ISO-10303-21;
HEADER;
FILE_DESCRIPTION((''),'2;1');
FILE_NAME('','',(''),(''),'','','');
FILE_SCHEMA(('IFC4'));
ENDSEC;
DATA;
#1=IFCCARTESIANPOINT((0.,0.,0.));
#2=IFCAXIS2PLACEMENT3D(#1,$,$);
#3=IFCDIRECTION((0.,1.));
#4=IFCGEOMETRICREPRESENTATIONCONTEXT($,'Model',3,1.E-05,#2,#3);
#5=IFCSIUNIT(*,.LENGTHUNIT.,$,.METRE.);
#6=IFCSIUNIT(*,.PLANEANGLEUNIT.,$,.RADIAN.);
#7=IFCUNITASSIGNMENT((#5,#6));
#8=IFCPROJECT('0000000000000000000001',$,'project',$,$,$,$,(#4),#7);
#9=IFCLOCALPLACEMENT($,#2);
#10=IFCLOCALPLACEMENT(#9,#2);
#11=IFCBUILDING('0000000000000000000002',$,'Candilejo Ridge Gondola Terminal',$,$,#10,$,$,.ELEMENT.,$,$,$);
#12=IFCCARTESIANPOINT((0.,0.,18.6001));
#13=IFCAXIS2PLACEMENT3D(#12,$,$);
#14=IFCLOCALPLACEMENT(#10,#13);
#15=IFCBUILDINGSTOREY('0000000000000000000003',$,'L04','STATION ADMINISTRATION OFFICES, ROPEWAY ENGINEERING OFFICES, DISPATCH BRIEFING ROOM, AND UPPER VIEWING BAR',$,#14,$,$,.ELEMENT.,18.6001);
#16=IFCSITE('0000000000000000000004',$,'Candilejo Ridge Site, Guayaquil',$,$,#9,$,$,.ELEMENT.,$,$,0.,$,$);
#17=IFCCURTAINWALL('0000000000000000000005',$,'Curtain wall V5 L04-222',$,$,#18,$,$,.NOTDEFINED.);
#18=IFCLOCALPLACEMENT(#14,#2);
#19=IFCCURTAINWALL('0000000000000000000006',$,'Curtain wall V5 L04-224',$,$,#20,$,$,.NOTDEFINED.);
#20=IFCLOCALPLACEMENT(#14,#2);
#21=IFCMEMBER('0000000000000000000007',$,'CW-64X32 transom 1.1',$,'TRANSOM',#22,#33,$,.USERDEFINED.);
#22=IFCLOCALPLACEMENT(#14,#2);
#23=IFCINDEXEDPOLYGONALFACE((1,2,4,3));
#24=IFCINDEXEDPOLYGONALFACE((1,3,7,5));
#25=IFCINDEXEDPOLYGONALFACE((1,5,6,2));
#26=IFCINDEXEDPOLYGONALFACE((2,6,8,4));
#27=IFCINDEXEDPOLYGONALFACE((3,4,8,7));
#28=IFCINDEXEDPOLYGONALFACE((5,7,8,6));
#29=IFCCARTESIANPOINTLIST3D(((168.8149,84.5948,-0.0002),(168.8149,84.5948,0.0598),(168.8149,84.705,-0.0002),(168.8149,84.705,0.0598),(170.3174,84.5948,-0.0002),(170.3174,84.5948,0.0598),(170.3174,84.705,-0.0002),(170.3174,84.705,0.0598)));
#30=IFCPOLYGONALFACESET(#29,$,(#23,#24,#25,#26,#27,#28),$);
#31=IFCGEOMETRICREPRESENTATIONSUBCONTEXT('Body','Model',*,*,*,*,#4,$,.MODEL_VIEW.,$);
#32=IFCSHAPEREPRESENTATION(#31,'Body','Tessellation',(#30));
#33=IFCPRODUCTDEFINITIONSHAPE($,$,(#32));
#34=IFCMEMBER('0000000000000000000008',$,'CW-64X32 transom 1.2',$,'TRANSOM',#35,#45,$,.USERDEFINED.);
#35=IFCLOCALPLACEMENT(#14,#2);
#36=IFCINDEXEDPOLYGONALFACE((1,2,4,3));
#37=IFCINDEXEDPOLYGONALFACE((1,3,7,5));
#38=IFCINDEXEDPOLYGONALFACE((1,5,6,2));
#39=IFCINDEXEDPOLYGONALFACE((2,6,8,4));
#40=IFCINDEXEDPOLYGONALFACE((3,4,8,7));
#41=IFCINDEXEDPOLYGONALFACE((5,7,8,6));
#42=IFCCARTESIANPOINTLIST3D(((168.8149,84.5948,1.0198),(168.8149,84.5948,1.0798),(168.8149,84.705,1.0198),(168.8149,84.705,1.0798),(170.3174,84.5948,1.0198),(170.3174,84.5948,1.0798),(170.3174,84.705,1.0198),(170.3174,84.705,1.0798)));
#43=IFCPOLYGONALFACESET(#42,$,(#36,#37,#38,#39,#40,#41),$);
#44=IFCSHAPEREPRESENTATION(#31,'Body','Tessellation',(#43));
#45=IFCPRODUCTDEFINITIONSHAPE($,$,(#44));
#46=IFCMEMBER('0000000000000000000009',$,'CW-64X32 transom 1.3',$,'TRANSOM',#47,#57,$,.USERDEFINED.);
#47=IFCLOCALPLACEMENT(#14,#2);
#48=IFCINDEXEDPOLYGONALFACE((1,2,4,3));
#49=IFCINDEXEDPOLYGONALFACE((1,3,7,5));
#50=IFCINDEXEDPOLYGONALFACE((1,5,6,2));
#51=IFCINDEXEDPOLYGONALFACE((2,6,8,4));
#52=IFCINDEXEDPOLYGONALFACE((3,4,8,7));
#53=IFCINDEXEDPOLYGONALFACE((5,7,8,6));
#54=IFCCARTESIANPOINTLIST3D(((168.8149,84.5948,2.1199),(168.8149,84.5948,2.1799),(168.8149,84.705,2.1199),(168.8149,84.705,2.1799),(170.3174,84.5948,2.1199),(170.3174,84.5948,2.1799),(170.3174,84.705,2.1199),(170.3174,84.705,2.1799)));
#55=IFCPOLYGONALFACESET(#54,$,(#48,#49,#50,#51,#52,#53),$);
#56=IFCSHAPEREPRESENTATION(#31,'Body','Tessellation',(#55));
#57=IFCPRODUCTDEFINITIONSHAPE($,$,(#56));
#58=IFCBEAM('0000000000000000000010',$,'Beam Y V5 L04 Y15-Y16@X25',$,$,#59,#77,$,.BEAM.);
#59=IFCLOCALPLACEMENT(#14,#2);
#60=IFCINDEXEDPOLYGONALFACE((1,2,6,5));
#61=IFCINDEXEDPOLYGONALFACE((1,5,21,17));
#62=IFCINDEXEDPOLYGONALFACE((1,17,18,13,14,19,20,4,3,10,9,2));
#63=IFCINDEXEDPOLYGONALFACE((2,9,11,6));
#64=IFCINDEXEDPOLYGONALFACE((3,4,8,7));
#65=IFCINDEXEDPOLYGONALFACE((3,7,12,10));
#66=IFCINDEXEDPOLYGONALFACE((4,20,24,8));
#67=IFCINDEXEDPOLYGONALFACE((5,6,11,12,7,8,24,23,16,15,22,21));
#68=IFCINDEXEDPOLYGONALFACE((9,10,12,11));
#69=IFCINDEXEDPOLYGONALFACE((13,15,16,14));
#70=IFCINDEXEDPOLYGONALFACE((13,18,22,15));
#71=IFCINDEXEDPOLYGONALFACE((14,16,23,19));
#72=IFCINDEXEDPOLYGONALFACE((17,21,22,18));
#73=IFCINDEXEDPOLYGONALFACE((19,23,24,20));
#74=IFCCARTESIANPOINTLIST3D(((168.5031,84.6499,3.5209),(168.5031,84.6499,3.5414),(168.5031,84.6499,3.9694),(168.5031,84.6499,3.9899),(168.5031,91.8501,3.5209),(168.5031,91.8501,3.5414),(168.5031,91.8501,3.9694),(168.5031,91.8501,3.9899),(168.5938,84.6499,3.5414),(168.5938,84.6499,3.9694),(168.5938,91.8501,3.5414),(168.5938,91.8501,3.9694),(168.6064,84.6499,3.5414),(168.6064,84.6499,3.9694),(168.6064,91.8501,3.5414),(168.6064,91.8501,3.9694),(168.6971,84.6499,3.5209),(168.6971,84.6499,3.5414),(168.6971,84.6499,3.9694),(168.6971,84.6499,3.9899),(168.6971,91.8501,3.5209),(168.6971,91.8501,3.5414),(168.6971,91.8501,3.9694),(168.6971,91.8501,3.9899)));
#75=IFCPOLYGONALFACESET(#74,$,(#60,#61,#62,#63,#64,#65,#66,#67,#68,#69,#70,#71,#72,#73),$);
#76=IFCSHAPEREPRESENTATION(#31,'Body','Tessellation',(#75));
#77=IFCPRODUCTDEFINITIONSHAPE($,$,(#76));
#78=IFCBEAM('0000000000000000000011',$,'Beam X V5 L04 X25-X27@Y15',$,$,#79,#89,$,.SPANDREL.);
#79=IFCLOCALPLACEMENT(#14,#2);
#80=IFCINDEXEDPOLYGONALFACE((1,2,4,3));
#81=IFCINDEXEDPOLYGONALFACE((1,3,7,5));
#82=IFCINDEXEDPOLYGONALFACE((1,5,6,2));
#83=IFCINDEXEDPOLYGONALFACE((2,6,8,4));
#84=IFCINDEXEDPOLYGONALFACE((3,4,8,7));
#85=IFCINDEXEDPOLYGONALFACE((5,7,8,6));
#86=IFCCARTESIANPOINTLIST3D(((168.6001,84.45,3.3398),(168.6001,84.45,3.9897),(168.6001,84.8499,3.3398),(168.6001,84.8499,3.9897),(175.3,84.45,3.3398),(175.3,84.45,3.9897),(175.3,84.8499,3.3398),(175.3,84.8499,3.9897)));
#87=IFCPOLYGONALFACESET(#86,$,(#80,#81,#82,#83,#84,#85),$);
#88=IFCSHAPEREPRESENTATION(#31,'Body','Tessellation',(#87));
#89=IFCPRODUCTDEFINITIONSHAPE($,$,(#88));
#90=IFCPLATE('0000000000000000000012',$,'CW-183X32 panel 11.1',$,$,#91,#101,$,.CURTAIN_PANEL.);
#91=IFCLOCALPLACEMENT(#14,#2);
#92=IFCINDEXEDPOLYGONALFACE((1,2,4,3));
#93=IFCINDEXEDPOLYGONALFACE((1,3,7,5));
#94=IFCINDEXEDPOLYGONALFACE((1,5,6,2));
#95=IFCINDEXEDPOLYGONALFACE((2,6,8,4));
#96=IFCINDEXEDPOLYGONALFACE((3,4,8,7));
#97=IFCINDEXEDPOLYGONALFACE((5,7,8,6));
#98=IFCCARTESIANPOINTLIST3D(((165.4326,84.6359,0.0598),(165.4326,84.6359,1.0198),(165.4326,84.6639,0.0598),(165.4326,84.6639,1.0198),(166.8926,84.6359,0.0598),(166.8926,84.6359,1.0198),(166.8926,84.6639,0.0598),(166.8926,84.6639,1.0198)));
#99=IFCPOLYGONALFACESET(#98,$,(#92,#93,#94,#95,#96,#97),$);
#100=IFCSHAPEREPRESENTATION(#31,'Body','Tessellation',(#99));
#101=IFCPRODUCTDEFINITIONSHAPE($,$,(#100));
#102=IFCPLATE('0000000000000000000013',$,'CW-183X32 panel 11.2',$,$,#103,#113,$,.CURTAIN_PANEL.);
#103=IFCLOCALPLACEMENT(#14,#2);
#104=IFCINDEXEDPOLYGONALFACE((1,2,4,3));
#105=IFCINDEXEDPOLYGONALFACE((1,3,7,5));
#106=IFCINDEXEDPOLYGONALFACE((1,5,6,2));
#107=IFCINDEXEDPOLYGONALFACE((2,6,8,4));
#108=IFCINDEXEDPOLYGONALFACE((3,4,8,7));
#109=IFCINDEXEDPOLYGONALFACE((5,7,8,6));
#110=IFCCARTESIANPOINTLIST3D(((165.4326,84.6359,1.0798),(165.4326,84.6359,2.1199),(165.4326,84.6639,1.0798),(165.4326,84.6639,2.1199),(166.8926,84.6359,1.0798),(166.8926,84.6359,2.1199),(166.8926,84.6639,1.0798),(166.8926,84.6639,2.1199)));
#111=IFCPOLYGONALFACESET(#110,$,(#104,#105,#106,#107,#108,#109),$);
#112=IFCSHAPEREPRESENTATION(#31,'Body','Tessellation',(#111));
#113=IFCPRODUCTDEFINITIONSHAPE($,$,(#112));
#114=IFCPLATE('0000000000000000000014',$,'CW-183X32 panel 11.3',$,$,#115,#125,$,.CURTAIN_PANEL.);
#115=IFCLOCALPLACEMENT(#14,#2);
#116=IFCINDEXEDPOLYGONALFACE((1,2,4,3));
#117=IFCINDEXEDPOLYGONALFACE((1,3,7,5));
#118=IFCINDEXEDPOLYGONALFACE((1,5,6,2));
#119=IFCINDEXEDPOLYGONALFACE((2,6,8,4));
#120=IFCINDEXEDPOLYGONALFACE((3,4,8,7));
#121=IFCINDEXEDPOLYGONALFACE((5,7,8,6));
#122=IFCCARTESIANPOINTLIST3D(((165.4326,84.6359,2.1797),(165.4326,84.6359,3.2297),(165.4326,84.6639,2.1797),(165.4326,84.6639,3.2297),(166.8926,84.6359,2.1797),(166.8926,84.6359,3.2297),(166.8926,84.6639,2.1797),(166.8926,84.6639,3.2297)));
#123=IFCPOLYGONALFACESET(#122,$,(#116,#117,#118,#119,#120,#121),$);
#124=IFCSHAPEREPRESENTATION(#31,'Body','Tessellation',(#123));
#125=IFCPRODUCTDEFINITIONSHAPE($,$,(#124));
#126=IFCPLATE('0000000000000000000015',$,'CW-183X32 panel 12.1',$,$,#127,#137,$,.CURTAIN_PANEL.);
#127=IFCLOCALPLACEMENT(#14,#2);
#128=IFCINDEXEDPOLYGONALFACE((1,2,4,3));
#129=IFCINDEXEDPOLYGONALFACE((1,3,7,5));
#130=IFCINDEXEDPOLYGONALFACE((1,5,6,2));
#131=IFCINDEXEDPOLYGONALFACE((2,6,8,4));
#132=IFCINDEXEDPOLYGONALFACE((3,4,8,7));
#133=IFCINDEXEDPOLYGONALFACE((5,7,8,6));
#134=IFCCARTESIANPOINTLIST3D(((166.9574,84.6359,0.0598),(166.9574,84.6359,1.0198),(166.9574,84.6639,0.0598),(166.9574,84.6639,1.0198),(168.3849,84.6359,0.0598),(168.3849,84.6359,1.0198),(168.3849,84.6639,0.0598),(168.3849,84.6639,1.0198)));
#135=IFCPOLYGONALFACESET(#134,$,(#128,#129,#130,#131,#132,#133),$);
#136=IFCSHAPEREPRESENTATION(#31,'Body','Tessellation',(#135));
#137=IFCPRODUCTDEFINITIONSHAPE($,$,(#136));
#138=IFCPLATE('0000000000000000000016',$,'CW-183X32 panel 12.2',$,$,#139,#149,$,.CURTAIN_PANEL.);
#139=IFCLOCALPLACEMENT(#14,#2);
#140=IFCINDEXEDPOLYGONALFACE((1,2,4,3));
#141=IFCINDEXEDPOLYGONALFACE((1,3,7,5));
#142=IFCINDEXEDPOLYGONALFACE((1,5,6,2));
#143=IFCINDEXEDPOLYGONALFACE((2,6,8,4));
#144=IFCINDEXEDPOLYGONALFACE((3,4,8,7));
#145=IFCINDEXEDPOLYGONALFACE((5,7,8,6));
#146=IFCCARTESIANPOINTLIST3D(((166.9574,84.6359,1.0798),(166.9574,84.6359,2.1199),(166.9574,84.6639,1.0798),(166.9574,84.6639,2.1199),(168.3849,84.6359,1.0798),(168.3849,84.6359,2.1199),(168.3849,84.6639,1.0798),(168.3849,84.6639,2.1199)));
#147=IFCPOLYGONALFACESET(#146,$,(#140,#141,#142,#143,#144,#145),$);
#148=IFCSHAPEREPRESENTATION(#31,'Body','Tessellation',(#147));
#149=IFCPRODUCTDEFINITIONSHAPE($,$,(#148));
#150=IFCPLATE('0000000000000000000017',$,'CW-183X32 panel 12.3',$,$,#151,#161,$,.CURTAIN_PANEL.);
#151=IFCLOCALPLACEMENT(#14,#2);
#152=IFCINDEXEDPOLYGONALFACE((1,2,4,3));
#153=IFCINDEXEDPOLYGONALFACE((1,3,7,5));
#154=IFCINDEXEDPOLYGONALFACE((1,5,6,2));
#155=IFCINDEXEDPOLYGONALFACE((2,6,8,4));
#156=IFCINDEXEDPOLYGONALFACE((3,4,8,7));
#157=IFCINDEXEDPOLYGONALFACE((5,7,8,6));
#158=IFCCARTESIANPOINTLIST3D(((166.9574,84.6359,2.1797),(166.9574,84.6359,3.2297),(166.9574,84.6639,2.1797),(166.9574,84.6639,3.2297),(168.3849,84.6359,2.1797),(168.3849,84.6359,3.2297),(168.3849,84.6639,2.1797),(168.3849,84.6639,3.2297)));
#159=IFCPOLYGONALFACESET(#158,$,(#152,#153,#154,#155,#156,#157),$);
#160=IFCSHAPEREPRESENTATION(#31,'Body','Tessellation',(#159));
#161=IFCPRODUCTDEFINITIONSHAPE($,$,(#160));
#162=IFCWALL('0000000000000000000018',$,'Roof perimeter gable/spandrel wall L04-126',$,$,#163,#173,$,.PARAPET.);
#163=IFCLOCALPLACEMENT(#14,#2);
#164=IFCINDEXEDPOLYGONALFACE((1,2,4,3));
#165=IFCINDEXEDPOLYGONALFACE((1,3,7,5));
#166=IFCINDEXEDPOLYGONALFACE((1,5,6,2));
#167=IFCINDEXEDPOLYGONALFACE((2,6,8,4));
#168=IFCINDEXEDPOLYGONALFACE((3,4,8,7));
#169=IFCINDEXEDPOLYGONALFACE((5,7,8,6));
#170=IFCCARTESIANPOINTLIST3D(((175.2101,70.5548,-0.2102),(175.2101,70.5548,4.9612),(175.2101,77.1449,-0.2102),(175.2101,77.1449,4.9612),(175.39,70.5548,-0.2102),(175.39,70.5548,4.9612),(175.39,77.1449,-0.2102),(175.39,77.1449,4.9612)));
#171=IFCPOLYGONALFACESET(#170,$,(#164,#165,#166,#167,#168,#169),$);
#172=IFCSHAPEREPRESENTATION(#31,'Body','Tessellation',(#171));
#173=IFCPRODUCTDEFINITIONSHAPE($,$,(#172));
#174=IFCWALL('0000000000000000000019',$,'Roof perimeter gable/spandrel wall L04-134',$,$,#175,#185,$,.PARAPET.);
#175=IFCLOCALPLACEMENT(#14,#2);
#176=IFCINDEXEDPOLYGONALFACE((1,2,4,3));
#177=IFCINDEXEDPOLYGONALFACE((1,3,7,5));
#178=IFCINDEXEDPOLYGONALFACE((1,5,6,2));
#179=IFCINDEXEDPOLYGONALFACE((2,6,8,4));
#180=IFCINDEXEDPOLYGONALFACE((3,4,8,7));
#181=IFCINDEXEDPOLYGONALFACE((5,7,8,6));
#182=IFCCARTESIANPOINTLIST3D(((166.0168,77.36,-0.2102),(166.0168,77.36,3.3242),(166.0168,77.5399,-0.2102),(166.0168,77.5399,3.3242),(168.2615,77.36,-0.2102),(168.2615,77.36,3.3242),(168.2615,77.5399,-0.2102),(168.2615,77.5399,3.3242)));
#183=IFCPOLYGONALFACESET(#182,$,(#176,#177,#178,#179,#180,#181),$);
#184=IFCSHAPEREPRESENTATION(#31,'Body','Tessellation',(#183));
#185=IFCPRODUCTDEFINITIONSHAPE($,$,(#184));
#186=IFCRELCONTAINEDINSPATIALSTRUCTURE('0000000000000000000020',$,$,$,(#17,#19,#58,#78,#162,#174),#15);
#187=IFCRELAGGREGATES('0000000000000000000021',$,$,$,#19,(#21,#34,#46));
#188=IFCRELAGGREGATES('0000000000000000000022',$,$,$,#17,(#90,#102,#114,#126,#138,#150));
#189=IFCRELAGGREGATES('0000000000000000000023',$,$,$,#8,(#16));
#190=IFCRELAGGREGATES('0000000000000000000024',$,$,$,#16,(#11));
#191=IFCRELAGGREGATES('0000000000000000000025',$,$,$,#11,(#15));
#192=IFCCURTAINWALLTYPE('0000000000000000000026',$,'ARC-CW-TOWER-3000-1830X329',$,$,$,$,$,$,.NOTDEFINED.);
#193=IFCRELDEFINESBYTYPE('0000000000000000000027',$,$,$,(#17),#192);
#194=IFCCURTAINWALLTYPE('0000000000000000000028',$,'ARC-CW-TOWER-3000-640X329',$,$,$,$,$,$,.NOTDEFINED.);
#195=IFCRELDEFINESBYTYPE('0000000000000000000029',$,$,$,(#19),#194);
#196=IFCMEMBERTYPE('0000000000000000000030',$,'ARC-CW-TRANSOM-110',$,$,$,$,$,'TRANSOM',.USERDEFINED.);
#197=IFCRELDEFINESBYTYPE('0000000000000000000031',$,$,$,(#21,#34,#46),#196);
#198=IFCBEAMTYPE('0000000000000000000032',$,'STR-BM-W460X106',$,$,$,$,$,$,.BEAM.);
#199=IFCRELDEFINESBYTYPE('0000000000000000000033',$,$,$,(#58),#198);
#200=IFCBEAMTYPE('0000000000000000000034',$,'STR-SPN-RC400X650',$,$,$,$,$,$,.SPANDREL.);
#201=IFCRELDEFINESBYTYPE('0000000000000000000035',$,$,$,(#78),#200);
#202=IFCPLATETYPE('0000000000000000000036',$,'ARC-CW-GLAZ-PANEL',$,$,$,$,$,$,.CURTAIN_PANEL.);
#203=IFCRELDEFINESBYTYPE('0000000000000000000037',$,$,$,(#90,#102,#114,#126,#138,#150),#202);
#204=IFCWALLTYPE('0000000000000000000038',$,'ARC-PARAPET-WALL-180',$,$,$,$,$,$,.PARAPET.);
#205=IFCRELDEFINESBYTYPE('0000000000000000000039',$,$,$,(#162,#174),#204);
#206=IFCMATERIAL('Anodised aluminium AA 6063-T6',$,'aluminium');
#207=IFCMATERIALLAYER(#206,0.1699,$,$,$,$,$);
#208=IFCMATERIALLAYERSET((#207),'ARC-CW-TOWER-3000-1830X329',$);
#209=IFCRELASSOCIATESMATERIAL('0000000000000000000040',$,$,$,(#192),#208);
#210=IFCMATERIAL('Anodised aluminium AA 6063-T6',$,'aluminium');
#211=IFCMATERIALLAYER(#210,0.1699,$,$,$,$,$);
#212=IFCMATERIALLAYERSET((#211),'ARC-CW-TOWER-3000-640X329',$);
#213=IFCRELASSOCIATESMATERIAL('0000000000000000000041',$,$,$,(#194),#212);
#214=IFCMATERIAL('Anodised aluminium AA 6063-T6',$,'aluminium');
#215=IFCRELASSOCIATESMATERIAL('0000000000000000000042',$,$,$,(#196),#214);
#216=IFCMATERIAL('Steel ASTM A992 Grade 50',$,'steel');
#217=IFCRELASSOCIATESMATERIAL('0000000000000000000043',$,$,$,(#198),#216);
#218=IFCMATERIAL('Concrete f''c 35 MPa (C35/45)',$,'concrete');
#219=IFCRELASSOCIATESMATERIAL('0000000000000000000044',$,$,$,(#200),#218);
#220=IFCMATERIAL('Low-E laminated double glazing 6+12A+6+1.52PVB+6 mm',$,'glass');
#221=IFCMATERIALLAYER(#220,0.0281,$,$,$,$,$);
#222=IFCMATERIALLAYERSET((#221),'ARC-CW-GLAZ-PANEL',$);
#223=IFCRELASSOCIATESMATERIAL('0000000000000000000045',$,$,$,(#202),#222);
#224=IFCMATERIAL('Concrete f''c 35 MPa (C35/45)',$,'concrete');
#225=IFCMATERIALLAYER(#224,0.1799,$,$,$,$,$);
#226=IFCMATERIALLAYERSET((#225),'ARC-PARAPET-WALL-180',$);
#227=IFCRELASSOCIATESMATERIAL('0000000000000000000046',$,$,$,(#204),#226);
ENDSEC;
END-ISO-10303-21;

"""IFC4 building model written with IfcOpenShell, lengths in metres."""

from ifc_helpers import new_model, si_unit, direction, frame, frame_2d, origin, origin_2d, place, context, subcontext, project, spatial, rectangle, i_section, extrude, material, layer, layer_set, material_profile, profile_set, type_object, element, aggregate, save


model = new_model("IFC4")

# Units and contexts
model_context = context("Model", 3, precision=1e-05, world=origin(), true_north=direction((0.0, 1.0)))
body_context = subcontext(model_context, "Body", "Model", "MODEL_VIEW")
ifc_project = project(units=[si_unit("LENGTHUNIT", "METRE"), si_unit("PLANEANGLEUNIT", "RADIAN")], contexts=[model_context])

# Site, building, storey
site_placement = place(None, origin())
site = spatial("IfcSite", under=ifc_project, at=site_placement, Name="Candilejo Ridge Site, Guayaquil", CompositionType="ELEMENT", RefElevation=0.0)
building_placement = place(site_placement, origin())
building = spatial("IfcBuilding", under=site, at=building_placement, Name="Candilejo Ridge Gondola Terminal", CompositionType="ELEMENT")
storey_placement = place(building_placement, frame((0.0, 0.0, 18.6001)))
storey = spatial("IfcBuildingStorey", under=building, at=storey_placement, Name="L04", Description="STATION ADMINISTRATION OFFICES, ROPEWAY ENGINEERING OFFICES, DISPATCH BRIEFING ROOM, AND UPPER VIEWING BAR", CompositionType="ELEMENT", Elevation=18.6001)

# Curtain wall
ifc_material_1 = material(Name="Anodised aluminium AA 6063-T6", Category="aluminium")
ifc_layer_1 = layer(ifc_material_1, 0.1699)
ifc_layer_set_1 = layer_set([ifc_layer_1], Name="ARC-CW-TOWER-3000-1830X329")
curtain_wall_type_1 = type_object("IfcCurtainWallType", Name="ARC-CW-TOWER-3000-1830X329", PredefinedType="NOTDEFINED", material=ifc_layer_set_1)
curtain_wall_1_placement = place(storey_placement, origin())
curtain_wall_1 = element("IfcCurtainWall", 1, at=curtain_wall_1_placement, inside=storey, type_object=curtain_wall_type_1, Name="Curtain wall V5 L04-222", PredefinedType="NOTDEFINED")

# Curtain wall
ifc_material_2 = material(Name="Anodised aluminium AA 6063-T6", Category="aluminium")
ifc_layer_2 = layer(ifc_material_2, 0.1699)
ifc_layer_set_2 = layer_set([ifc_layer_2], Name="ARC-CW-TOWER-3000-640X329")
curtain_wall_type_2 = type_object("IfcCurtainWallType", Name="ARC-CW-TOWER-3000-640X329", PredefinedType="NOTDEFINED", material=ifc_layer_set_2)
curtain_wall_2_placement = place(storey_placement, origin())
curtain_wall_2 = element("IfcCurtainWall", 2, at=curtain_wall_2_placement, inside=storey, type_object=curtain_wall_type_2, Name="Curtain wall V5 L04-224", PredefinedType="NOTDEFINED")

# Members
ifc_material_3 = material(Name="Anodised aluminium AA 6063-T6", Category="aluminium")
ifc_material_profile_1 = material_profile(ifc_material_3, rectangle(XDim=0.1101, YDim=0.0601, at=origin_2d()))
ifc_profile_set_1 = profile_set([ifc_material_profile_1], Name="Anodised aluminium AA 6063-T6")
member_type_1 = type_object("IfcMemberType", Name="ARC-CW-TRANSOM-110", ElementType="TRANSOM", PredefinedType="USERDEFINED", material=ifc_profile_set_1)
member_1_placement = place(storey_placement, frame((168.8149, 84.6499, 0.0298), z_axis=(1.0, 0.0, 0.0), x_axis=(0.0, 1.0, 0.0)))
member_1 = element("IfcMember", 3, at=member_1_placement, type_object=member_type_1, Name="CW-64X32 transom 1.1", ObjectType="TRANSOM", PredefinedType="USERDEFINED", context=body_context, shape_type="SweptSolid", body=[
    extrude(rectangle(XDim=0.1101, YDim=0.0601, at=origin_2d()), origin(), (0.0, 0.0, 1.0), 1.5024),
])
member_2_placement = place(storey_placement, frame((168.8149, 84.6499, 1.0498), z_axis=(1.0, 0.0, 0.0), x_axis=(0.0, 1.0, 0.0)))
member_2 = element("IfcMember", 4, at=member_2_placement, type_object=member_type_1, Name="CW-64X32 transom 1.2", ObjectType="TRANSOM", PredefinedType="USERDEFINED", context=body_context, shape_type="SweptSolid", body=[
    extrude(rectangle(XDim=0.1101, YDim=0.0601, at=origin_2d()), origin(), (0.0, 0.0, 1.0), 1.5024),
])
member_3_placement = place(storey_placement, frame((168.8149, 84.6499, 2.1499), z_axis=(1.0, 0.0, 0.0), x_axis=(0.0, 1.0, 0.0)))
member_3 = element("IfcMember", 5, at=member_3_placement, type_object=member_type_1, Name="CW-64X32 transom 1.3", ObjectType="TRANSOM", PredefinedType="USERDEFINED", context=body_context, shape_type="SweptSolid", body=[
    extrude(rectangle(XDim=0.1101, YDim=0.0601, at=origin_2d()), origin(), (0.0, 0.0, 1.0), 1.5024),
])
aggregate(curtain_wall_2, [member_1, member_2, member_3])

# Beams
ifc_material_4 = material(Name="Steel ASTM A992 Grade 50", Category="steel")
ifc_material_profile_2 = material_profile(ifc_material_4, i_section(OverallWidth=0.1941, OverallDepth=0.469, WebThickness=0.0127, FlangeThickness=0.0205, at=origin_2d()))
ifc_profile_set_2 = profile_set([ifc_material_profile_2], Name="Steel ASTM A992 Grade 50")
beam_type_1 = type_object("IfcBeamType", Name="STR-BM-W460X106", PredefinedType="BEAM", material=ifc_profile_set_2)
beam_1_placement = place(storey_placement, frame((168.6001, 84.6499, 3.7554), z_axis=(0.0, 1.0, 0.0), x_axis=(-1.0, 0.0, 0.0)))
element("IfcBeam", 6, at=beam_1_placement, inside=storey, type_object=beam_type_1, Name="Beam Y V5 L04 Y15-Y16@X25", PredefinedType="BEAM", context=body_context, shape_type="SweptSolid", body=[
    extrude(i_section(OverallWidth=0.1941, OverallDepth=0.469, WebThickness=0.0127, FlangeThickness=0.0205, at=origin_2d()), origin(), (0.0, 0.0, 1.0), 7.2002),
])
ifc_material_5 = material(Name="Concrete f'c 35 MPa (C35/45)", Category="concrete")
ifc_material_profile_3 = material_profile(ifc_material_5, rectangle(XDim=0.3999, YDim=0.6499, at=origin_2d()))
ifc_profile_set_3 = profile_set([ifc_material_profile_3], Name="Concrete f'c 35 MPa (C35/45)")
beam_type_2 = type_object("IfcBeamType", Name="STR-SPN-RC400X650", PredefinedType="SPANDREL", material=ifc_profile_set_3)
beam_2_placement = place(storey_placement, frame((168.6001, 84.6499, 3.6648), z_axis=(1.0, 0.0, 0.0), x_axis=(0.0, 1.0, 0.0)))
element("IfcBeam", 7, at=beam_2_placement, inside=storey, type_object=beam_type_2, Name="Beam X V5 L04 X25-X27@Y15", PredefinedType="SPANDREL", context=body_context, shape_type="SweptSolid", body=[
    extrude(rectangle(XDim=0.3999, YDim=0.6499, at=origin_2d()), origin(), (0.0, 0.0, 1.0), 6.7),
])

# Plates
ifc_material_6 = material(Name="Low-E laminated double glazing 6+12A+6+1.52PVB+6 mm", Category="glass")
ifc_layer_3 = layer(ifc_material_6, 0.0281)
ifc_layer_set_3 = layer_set([ifc_layer_3], Name="ARC-CW-GLAZ-PANEL")
plate_type = type_object("IfcPlateType", Name="ARC-CW-GLAZ-PANEL", PredefinedType="CURTAIN_PANEL", material=ifc_layer_set_3)
plate_1_placement = place(storey_placement, frame((166.1626, 84.6499, 0.0598), z_axis=(0.0, 0.0, 1.0), x_axis=(1.0, 0.0, 0.0)))
plate_1 = element("IfcPlate", 8, at=plate_1_placement, type_object=plate_type, Name="CW-183X32 panel 11.1", PredefinedType="CURTAIN_PANEL", context=body_context, shape_type="SweptSolid", body=[
    extrude(rectangle(XDim=1.46, YDim=0.0281, at=origin_2d()), origin(), (0.0, 0.0, 1.0), 0.96),
])
plate_2_placement = place(storey_placement, frame((166.1626, 84.6499, 1.0798), z_axis=(0.0, 0.0, 1.0), x_axis=(1.0, 0.0, 0.0)))
plate_2 = element("IfcPlate", 9, at=plate_2_placement, type_object=plate_type, Name="CW-183X32 panel 11.2", PredefinedType="CURTAIN_PANEL", context=body_context, shape_type="SweptSolid", body=[
    extrude(rectangle(XDim=1.46, YDim=0.0281, at=origin_2d()), origin(), (0.0, 0.0, 1.0), 1.04),
])
plate_3_placement = place(storey_placement, frame((166.1626, 84.6499, 2.1797), z_axis=(0.0, 0.0, 1.0), x_axis=(1.0, 0.0, 0.0)))
plate_3 = element("IfcPlate", 10, at=plate_3_placement, type_object=plate_type, Name="CW-183X32 panel 11.3", PredefinedType="CURTAIN_PANEL", context=body_context, shape_type="SweptSolid", body=[
    extrude(rectangle(XDim=1.46, YDim=0.0281, at=origin_2d()), origin(), (0.0, 0.0, 1.0), 1.05),
])
plate_4_placement = place(storey_placement, frame((167.6711, 84.6499, 0.0598), z_axis=(0.0, 0.0, 1.0), x_axis=(1.0, 0.0, 0.0)))
plate_4 = element("IfcPlate", 11, at=plate_4_placement, type_object=plate_type, Name="CW-183X32 panel 12.1", PredefinedType="CURTAIN_PANEL", context=body_context, shape_type="SweptSolid", body=[
    extrude(rectangle(XDim=1.4275, YDim=0.0281, at=origin_2d()), origin(), (0.0, 0.0, 1.0), 0.96),
])
plate_5_placement = place(storey_placement, frame((167.6711, 84.6499, 1.0798), z_axis=(0.0, 0.0, 1.0), x_axis=(1.0, 0.0, 0.0)))
plate_5 = element("IfcPlate", 12, at=plate_5_placement, type_object=plate_type, Name="CW-183X32 panel 12.2", PredefinedType="CURTAIN_PANEL", context=body_context, shape_type="SweptSolid", body=[
    extrude(rectangle(XDim=1.4275, YDim=0.0281, at=origin_2d()), origin(), (0.0, 0.0, 1.0), 1.04),
])
plate_6_placement = place(storey_placement, frame((167.6711, 84.6499, 2.1797), z_axis=(0.0, 0.0, 1.0), x_axis=(1.0, 0.0, 0.0)))
plate_6 = element("IfcPlate", 13, at=plate_6_placement, type_object=plate_type, Name="CW-183X32 panel 12.3", PredefinedType="CURTAIN_PANEL", context=body_context, shape_type="SweptSolid", body=[
    extrude(rectangle(XDim=1.4275, YDim=0.0281, at=origin_2d()), origin(), (0.0, 0.0, 1.0), 1.05),
])
aggregate(curtain_wall_1, [plate_1, plate_2, plate_3, plate_4, plate_5, plate_6])

# Walls
ifc_material_7 = material(Name="Concrete f'c 35 MPa (C35/45)", Category="concrete")
ifc_layer_4 = layer(ifc_material_7, 0.1799)
ifc_layer_set_4 = layer_set([ifc_layer_4], Name="ARC-PARAPET-WALL-180")
wall_type = type_object("IfcWallType", Name="ARC-PARAPET-WALL-180", PredefinedType="PARAPET", material=ifc_layer_set_4)
wall_1_placement = place(storey_placement, frame((175.3, 70.5549, -0.2102), z_axis=(0.0, 0.0, 1.0), x_axis=(0.0, 1.0, 0.0)))
element("IfcWall", 14, at=wall_1_placement, inside=storey, type_object=wall_type, Name="Roof perimeter gable/spandrel wall L04-126", PredefinedType="PARAPET", context=body_context, shape_type="SweptSolid", body=[
    extrude(rectangle(XDim=6.5901, YDim=0.1799, at=frame_2d((3.2949, 0.0))), origin(), (0.0, 0.0, 1.0), 5.1714),
])
wall_2_placement = place(storey_placement, frame((166.0168, 77.45, -0.2102), z_axis=(0.0, 0.0, 1.0), x_axis=(1.0, 0.0, 0.0)))
element("IfcWall", 15, at=wall_2_placement, inside=storey, type_object=wall_type, Name="Roof perimeter gable/spandrel wall L04-134", PredefinedType="PARAPET", context=body_context, shape_type="SweptSolid", body=[
    extrude(rectangle(XDim=2.2446, YDim=0.1799, at=frame_2d((1.1223, 0.0))), origin(), (0.0, 0.0, 1.0), 3.5344),
])

save(model, "model.ifc")
